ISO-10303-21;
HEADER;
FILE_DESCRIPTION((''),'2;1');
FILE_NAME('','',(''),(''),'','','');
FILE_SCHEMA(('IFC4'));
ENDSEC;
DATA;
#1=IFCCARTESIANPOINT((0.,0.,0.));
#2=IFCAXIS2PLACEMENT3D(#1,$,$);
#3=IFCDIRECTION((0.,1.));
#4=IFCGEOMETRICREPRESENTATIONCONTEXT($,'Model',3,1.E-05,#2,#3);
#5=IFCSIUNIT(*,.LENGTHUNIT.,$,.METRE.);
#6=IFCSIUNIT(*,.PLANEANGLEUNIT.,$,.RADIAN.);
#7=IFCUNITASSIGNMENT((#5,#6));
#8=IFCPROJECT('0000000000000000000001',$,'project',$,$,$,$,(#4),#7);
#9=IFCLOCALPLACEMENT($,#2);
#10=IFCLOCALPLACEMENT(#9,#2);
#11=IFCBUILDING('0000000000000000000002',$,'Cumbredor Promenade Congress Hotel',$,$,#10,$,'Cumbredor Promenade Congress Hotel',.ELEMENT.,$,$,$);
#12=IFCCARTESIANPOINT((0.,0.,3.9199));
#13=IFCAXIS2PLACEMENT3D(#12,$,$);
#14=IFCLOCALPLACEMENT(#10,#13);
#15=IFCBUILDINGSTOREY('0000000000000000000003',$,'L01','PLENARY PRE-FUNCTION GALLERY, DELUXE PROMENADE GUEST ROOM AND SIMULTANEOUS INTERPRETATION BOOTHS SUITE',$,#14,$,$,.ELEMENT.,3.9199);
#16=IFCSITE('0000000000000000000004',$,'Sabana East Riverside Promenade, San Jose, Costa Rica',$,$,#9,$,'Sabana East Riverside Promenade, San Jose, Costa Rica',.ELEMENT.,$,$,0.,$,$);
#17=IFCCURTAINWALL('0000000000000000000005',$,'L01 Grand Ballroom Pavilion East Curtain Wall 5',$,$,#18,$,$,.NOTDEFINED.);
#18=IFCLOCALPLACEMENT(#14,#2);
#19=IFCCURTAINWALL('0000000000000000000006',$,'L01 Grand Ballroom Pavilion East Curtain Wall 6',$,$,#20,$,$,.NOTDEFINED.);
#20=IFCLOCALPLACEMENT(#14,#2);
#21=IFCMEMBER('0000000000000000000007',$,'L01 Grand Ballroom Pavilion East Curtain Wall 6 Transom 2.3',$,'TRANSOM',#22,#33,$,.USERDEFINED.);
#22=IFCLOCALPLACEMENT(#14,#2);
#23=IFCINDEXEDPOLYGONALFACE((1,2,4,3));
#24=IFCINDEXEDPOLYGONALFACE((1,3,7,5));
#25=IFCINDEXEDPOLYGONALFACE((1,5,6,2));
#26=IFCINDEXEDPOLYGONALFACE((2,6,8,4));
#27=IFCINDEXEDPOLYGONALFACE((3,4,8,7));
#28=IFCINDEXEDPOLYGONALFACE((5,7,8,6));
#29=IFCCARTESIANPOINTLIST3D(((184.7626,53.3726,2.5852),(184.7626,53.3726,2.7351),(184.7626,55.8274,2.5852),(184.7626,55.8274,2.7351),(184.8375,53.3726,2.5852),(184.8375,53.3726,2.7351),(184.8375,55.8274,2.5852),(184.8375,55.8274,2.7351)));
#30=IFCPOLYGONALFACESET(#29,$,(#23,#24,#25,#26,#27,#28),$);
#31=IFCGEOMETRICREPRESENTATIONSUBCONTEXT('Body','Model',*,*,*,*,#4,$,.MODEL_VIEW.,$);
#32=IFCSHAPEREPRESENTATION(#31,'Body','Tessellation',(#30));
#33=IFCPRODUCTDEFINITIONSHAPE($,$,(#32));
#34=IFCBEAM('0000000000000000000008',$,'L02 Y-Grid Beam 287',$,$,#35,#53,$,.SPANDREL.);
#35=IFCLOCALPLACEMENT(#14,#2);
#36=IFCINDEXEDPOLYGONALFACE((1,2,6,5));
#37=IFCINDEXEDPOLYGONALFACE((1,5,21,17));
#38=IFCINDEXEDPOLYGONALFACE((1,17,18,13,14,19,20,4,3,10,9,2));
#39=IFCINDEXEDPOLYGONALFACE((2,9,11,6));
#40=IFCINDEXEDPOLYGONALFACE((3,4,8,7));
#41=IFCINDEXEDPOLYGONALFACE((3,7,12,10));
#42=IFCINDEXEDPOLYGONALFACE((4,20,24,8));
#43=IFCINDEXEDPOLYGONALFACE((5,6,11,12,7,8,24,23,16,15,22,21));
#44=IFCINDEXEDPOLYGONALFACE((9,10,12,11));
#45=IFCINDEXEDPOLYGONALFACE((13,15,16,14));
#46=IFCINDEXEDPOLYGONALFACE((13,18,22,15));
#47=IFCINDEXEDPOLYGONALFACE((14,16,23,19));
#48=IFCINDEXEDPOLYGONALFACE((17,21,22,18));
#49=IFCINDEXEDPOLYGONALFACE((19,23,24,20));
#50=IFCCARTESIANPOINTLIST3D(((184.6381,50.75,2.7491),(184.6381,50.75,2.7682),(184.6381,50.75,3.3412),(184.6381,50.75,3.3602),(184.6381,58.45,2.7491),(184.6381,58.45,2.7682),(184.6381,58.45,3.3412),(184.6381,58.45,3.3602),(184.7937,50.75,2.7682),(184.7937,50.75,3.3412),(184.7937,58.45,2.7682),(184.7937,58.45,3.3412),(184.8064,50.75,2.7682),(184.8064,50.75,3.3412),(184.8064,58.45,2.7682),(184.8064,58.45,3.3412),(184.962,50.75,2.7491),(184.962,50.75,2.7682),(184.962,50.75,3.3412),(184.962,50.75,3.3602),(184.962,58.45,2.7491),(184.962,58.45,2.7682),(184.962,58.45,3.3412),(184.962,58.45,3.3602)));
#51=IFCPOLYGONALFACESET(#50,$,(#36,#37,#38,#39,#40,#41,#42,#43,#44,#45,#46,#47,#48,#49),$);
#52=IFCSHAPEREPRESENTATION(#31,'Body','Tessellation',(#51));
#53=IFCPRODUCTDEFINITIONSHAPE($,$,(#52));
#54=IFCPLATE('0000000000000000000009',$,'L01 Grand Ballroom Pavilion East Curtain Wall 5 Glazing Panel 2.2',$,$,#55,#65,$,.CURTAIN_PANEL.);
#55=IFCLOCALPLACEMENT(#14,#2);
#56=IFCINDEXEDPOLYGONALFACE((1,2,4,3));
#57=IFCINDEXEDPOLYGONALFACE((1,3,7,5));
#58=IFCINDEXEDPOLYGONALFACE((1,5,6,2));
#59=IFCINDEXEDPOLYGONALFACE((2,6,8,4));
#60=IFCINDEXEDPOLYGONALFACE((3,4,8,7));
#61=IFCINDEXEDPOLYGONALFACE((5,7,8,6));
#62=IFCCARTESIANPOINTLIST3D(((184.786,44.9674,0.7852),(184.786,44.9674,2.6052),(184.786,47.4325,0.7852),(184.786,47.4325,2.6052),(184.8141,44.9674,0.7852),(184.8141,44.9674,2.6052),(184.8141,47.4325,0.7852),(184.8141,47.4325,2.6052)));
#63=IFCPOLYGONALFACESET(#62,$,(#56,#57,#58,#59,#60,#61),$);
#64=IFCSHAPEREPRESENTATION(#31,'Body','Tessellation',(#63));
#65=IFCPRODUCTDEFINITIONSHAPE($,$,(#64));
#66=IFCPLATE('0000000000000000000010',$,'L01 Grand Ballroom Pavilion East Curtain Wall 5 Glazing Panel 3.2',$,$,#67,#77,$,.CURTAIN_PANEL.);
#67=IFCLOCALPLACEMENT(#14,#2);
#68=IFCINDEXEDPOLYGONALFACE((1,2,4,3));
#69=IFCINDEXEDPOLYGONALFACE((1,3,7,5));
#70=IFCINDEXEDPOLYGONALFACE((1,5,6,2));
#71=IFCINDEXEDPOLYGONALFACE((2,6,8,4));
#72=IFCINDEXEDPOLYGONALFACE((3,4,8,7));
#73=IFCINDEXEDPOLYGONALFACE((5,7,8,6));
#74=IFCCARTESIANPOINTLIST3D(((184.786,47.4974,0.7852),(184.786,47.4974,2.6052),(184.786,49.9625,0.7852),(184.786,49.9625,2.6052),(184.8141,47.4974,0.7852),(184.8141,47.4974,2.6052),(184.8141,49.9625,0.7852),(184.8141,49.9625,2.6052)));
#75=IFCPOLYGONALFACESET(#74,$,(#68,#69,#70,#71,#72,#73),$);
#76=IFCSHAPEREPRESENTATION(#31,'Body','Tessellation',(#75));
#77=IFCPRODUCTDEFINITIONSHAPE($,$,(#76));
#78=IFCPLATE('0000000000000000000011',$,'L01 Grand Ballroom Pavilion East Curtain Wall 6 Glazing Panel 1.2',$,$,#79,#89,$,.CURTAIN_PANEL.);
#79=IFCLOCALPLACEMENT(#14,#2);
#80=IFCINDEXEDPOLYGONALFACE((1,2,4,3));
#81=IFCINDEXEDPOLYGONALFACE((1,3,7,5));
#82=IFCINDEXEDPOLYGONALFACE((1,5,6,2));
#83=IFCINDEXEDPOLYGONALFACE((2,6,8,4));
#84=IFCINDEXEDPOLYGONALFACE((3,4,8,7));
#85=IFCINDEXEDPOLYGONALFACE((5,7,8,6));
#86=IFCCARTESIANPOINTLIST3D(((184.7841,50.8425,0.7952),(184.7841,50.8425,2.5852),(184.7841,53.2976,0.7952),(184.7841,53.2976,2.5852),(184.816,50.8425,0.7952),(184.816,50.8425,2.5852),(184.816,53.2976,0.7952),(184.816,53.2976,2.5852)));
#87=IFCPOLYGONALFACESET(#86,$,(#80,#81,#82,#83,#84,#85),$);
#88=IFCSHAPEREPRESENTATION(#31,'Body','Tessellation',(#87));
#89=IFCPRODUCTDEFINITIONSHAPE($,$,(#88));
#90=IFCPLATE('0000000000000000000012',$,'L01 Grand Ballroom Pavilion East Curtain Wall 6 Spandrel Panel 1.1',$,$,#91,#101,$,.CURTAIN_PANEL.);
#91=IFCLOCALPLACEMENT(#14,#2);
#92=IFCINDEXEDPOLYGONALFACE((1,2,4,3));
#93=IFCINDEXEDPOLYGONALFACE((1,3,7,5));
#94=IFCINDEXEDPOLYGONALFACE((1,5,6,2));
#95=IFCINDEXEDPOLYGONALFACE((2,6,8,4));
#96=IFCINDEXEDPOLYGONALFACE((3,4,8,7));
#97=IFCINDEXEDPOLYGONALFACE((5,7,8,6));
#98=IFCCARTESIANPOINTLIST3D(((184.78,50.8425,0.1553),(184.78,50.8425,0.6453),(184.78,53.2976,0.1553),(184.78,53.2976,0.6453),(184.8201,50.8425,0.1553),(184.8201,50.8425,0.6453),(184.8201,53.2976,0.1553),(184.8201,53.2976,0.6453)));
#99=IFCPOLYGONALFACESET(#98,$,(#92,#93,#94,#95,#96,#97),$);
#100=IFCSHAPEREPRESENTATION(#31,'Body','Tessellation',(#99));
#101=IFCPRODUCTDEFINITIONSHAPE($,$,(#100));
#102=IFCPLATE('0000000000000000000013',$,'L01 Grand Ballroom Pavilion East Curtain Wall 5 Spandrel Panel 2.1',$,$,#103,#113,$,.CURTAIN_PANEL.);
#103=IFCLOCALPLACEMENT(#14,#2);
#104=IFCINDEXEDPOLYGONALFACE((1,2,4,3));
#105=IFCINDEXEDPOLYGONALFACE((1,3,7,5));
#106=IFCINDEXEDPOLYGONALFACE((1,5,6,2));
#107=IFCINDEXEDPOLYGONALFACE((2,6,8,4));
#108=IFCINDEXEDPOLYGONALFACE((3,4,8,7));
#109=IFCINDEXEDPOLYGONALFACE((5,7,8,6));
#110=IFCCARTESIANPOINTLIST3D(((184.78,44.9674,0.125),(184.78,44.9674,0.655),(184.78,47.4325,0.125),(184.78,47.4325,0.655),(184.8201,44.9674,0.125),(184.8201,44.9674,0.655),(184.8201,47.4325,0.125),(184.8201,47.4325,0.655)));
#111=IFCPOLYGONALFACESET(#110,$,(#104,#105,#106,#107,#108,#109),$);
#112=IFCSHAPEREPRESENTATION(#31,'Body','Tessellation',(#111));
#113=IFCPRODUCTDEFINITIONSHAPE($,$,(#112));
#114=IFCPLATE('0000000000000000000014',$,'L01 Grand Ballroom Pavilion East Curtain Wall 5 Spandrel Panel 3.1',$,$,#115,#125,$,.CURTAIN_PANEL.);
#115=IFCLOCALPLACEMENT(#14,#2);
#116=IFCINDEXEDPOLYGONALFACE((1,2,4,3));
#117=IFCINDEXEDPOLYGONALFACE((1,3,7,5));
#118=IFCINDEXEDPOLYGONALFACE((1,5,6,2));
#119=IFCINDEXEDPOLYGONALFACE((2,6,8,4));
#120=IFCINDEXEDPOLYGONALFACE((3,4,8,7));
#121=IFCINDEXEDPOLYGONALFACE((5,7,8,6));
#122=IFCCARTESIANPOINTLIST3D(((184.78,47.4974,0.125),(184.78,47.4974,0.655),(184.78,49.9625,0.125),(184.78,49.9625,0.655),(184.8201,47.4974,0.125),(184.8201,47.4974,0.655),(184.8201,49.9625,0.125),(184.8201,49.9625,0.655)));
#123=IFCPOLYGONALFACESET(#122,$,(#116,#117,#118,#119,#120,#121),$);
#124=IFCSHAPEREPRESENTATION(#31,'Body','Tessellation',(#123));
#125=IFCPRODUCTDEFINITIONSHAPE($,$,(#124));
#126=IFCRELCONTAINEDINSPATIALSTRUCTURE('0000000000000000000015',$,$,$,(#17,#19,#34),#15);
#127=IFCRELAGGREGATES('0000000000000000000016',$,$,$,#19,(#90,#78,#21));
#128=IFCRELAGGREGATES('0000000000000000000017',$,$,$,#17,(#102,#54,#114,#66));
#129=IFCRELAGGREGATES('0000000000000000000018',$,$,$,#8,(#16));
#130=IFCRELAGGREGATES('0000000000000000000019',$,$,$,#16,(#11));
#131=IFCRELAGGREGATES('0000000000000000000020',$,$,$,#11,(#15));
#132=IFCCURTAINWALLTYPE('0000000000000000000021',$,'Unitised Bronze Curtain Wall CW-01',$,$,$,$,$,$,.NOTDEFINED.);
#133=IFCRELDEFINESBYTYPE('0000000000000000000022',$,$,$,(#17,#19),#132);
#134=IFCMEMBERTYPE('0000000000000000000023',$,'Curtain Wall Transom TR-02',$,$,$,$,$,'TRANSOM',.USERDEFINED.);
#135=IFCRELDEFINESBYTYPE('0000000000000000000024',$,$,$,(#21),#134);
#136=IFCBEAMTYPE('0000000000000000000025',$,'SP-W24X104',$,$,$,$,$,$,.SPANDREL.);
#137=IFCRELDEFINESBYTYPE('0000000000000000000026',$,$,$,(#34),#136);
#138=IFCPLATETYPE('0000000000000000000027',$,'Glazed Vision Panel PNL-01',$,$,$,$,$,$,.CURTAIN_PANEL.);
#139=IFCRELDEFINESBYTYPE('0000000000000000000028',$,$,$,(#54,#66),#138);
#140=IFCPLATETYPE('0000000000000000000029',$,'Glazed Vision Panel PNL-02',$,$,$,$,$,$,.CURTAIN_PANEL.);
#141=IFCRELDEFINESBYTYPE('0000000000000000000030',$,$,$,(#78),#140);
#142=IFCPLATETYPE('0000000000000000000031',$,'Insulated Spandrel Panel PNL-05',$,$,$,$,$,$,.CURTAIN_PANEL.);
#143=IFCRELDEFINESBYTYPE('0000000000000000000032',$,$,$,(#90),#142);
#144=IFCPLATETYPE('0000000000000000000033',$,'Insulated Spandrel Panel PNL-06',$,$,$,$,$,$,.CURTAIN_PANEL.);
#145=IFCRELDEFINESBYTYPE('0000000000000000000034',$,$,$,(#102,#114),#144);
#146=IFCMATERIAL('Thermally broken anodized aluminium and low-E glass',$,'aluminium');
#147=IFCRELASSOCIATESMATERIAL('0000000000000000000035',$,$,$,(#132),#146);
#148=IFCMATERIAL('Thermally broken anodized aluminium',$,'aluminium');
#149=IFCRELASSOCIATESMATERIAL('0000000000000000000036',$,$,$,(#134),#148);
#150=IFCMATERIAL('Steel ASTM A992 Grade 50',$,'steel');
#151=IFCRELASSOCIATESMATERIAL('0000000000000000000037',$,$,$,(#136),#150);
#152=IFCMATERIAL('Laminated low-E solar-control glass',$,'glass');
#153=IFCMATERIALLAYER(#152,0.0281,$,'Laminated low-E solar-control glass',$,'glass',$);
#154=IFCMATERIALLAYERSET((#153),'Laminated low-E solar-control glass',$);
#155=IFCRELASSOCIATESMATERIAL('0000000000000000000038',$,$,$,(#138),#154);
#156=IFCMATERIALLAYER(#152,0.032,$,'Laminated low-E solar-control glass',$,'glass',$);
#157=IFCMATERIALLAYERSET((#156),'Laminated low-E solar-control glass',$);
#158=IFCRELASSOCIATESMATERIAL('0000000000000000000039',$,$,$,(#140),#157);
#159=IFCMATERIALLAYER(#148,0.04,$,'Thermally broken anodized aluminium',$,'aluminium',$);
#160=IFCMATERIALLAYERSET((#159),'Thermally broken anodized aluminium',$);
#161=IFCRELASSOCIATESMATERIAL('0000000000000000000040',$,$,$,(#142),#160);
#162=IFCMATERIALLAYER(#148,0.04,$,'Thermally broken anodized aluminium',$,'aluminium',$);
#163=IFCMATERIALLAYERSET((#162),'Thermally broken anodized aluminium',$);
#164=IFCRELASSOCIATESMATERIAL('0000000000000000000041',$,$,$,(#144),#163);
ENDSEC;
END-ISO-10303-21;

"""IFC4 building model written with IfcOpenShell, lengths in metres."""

from ifc_helpers import new_model, si_unit, direction, frame, origin, origin_2d, place, context, subcontext, project, spatial, rectangle, i_section, extrude, material, layer, layer_set, material_profile, profile_set, type_object, element, aggregate, save


model = new_model("IFC4")

# Units and contexts
model_context = context("Model", 3, precision=1e-05, world=origin(), true_north=direction((0.0, 1.0)))
body_context = subcontext(model_context, "Body", "Model", "MODEL_VIEW")
ifc_project = project(units=[si_unit("LENGTHUNIT", "METRE"), si_unit("PLANEANGLEUNIT", "RADIAN")], contexts=[model_context])

# Site, building, storey
site_placement = place(None, origin())
site = spatial("IfcSite", under=ifc_project, at=site_placement, Name="Sabana East Riverside Promenade, San Jose, Costa Rica", LongName="Sabana East Riverside Promenade, San Jose, Costa Rica", CompositionType="ELEMENT", RefElevation=0.0)
building_placement = place(site_placement, origin())
building = spatial("IfcBuilding", under=site, at=building_placement, Name="Cumbredor Promenade Congress Hotel", LongName="Cumbredor Promenade Congress Hotel", CompositionType="ELEMENT")
storey_placement = place(building_placement, frame((0.0, 0.0, 3.9199)))
storey = spatial("IfcBuildingStorey", under=building, at=storey_placement, Name="L01", Description="PLENARY PRE-FUNCTION GALLERY, DELUXE PROMENADE GUEST ROOM AND SIMULTANEOUS INTERPRETATION BOOTHS SUITE", CompositionType="ELEMENT", Elevation=3.9199)

# Curtain walls
ifc_material_1 = material(Name="Thermally broken anodized aluminium and low-E glass", Category="aluminium")
curtain_wall_type = type_object("IfcCurtainWallType", Name="Unitised Bronze Curtain Wall CW-01", PredefinedType="NOTDEFINED", material=ifc_material_1)
curtain_wall_1_placement = place(storey_placement, origin())
curtain_wall_1 = element("IfcCurtainWall", 1, at=curtain_wall_1_placement, inside=storey, type_object=curtain_wall_type, Name="L01 Grand Ballroom Pavilion East Curtain Wall 5", PredefinedType="NOTDEFINED")
ifc_material_2 = material(Name="Thermally broken anodized aluminium", Category="aluminium")
curtain_wall_2_placement = place(storey_placement, origin())
curtain_wall_2 = element("IfcCurtainWall", 2, at=curtain_wall_2_placement, inside=storey, type_object=curtain_wall_type, Name="L01 Grand Ballroom Pavilion East Curtain Wall 6", PredefinedType="NOTDEFINED")

# Member
ifc_material_profile_1 = material_profile(ifc_material_2, rectangle(XDim=0.075, YDim=0.1499, at=origin_2d()), Name="ALU TRANSOM 75x150")
ifc_profile_set_1 = profile_set([ifc_material_profile_1], Name="Thermally broken anodized aluminium")
member_type_1 = type_object("IfcMemberType", Name="Curtain Wall Transom TR-02", ElementType="TRANSOM", PredefinedType="USERDEFINED", material=ifc_profile_set_1)
member_1_placement = place(storey_placement, frame((184.8, 53.3726, 2.6602), z_axis=(0.0, 1.0, 0.0), x_axis=(-1.0, 0.0, 0.0)))
member_1 = element("IfcMember", 3, at=member_1_placement, type_object=member_type_1, Name="L01 Grand Ballroom Pavilion East Curtain Wall 6 Transom 2.3", ObjectType="TRANSOM", PredefinedType="USERDEFINED", context=body_context, shape_type="SweptSolid", body=[
    extrude(rectangle(XDim=0.075, YDim=0.1499, at=origin_2d()), origin(), (0.0, 0.0, 1.0), 2.4548),
])

# Beam
ifc_material_3 = material(Name="Steel ASTM A992 Grade 50", Category="steel")
ifc_material_profile_2 = material_profile(ifc_material_3, i_section(OverallWidth=0.324, OverallDepth=0.6111, WebThickness=0.0127, FlangeThickness=0.019, at=origin_2d()), Name="W24X104")
ifc_profile_set_2 = profile_set([ifc_material_profile_2], Name="Steel ASTM A992 Grade 50")
beam_type = type_object("IfcBeamType", Name="SP-W24X104", PredefinedType="SPANDREL", material=ifc_profile_set_2)
beam_placement = place(storey_placement, frame((184.8, 50.75, 3.0547), z_axis=(0.0, 1.0, 0.0), x_axis=(-1.0, 0.0, 0.0)))
element("IfcBeam", 4, at=beam_placement, inside=storey, type_object=beam_type, Name="L02 Y-Grid Beam 287", PredefinedType="SPANDREL", context=body_context, shape_type="SweptSolid", body=[
    extrude(i_section(OverallWidth=0.324, OverallDepth=0.6111, WebThickness=0.0127, FlangeThickness=0.019, at=origin_2d()), origin(), (0.0, 0.0, 1.0), 7.7),
])

# Plates
ifc_material_4 = material(Name="Laminated low-E solar-control glass", Category="glass")
ifc_layer_1 = layer(ifc_material_4, 0.0281, Name="Laminated low-E solar-control glass", Category="glass")
ifc_layer_set_1 = layer_set([ifc_layer_1], Name="Laminated low-E solar-control glass")
plate_type_1 = type_object("IfcPlateType", Name="Glazed Vision Panel PNL-01", PredefinedType="CURTAIN_PANEL", material=ifc_layer_set_1)
plate_1_placement = place(storey_placement, frame((184.8, 46.2, 0.7852), z_axis=(0.0, 0.0, 1.0), x_axis=(0.0, 1.0, 0.0)))
plate_1 = element("IfcPlate", 5, at=plate_1_placement, type_object=plate_type_1, Name="L01 Grand Ballroom Pavilion East Curtain Wall 5 Glazing Panel 2.2", PredefinedType="CURTAIN_PANEL", context=body_context, shape_type="SweptSolid", body=[
    extrude(rectangle(XDim=2.4651, YDim=0.0281, at=origin_2d()), origin(), (0.0, 0.0, 1.0), 1.8201),
])
plate_2_placement = place(storey_placement, frame((184.8, 48.73, 0.7852), z_axis=(0.0, 0.0, 1.0), x_axis=(0.0, 1.0, 0.0)))
plate_2 = element("IfcPlate", 6, at=plate_2_placement, type_object=plate_type_1, Name="L01 Grand Ballroom Pavilion East Curtain Wall 5 Glazing Panel 3.2", PredefinedType="CURTAIN_PANEL", context=body_context, shape_type="SweptSolid", body=[
    extrude(rectangle(XDim=2.4651, YDim=0.0281, at=origin_2d()), origin(), (0.0, 0.0, 1.0), 1.8201),
])
ifc_layer_2 = layer(ifc_material_4, 0.032, Name="Laminated low-E solar-control glass", Category="glass")
ifc_layer_set_2 = layer_set([ifc_layer_2], Name="Laminated low-E solar-control glass")
plate_type_2 = type_object("IfcPlateType", Name="Glazed Vision Panel PNL-02", PredefinedType="CURTAIN_PANEL", material=ifc_layer_set_2)
plate_3_placement = place(storey_placement, frame((184.8, 52.0701, 0.7952), z_axis=(0.0, 0.0, 1.0), x_axis=(0.0, 1.0, 0.0)))
plate_3 = element("IfcPlate", 7, at=plate_3_placement, type_object=plate_type_2, Name="L01 Grand Ballroom Pavilion East Curtain Wall 6 Glazing Panel 1.2", PredefinedType="CURTAIN_PANEL", context=body_context, shape_type="SweptSolid", body=[
    extrude(rectangle(XDim=2.4551, YDim=0.032, at=origin_2d()), origin(), (0.0, 0.0, 1.0), 1.79),
])
ifc_layer_3 = layer(ifc_material_2, 0.04, Name="Thermally broken anodized aluminium", Category="aluminium")
ifc_layer_set_3 = layer_set([ifc_layer_3], Name="Thermally broken anodized aluminium")
plate_type_3 = type_object("IfcPlateType", Name="Insulated Spandrel Panel PNL-05", PredefinedType="CURTAIN_PANEL", material=ifc_layer_set_3)
plate_4_placement = place(storey_placement, frame((184.8, 52.0701, 0.1553), z_axis=(0.0, 0.0, 1.0), x_axis=(0.0, 1.0, 0.0)))
plate_4 = element("IfcPlate", 8, at=plate_4_placement, type_object=plate_type_3, Name="L01 Grand Ballroom Pavilion East Curtain Wall 6 Spandrel Panel 1.1", PredefinedType="CURTAIN_PANEL", context=body_context, shape_type="SweptSolid", body=[
    extrude(rectangle(XDim=2.4551, YDim=0.04, at=origin_2d()), origin(), (0.0, 0.0, 1.0), 0.49),
])
aggregate(curtain_wall_2, [plate_4, plate_3, member_1])
ifc_layer_4 = layer(ifc_material_2, 0.04, Name="Thermally broken anodized aluminium", Category="aluminium")
ifc_layer_set_4 = layer_set([ifc_layer_4], Name="Thermally broken anodized aluminium")
plate_type_4 = type_object("IfcPlateType", Name="Insulated Spandrel Panel PNL-06", PredefinedType="CURTAIN_PANEL", material=ifc_layer_set_4)
plate_5_placement = place(storey_placement, frame((184.8, 46.2, 0.125), z_axis=(0.0, 0.0, 1.0), x_axis=(0.0, 1.0, 0.0)))
plate_5 = element("IfcPlate", 9, at=plate_5_placement, type_object=plate_type_4, Name="L01 Grand Ballroom Pavilion East Curtain Wall 5 Spandrel Panel 2.1", PredefinedType="CURTAIN_PANEL", context=body_context, shape_type="SweptSolid", body=[
    extrude(rectangle(XDim=2.4651, YDim=0.04, at=origin_2d()), origin(), (0.0, 0.0, 1.0), 0.53),
])
plate_6_placement = place(storey_placement, frame((184.8, 48.73, 0.125), z_axis=(0.0, 0.0, 1.0), x_axis=(0.0, 1.0, 0.0)))
plate_6 = element("IfcPlate", 10, at=plate_6_placement, type_object=plate_type_4, Name="L01 Grand Ballroom Pavilion East Curtain Wall 5 Spandrel Panel 3.1", PredefinedType="CURTAIN_PANEL", context=body_context, shape_type="SweptSolid", body=[
    extrude(rectangle(XDim=2.4651, YDim=0.04, at=origin_2d()), origin(), (0.0, 0.0, 1.0), 0.53),
])
aggregate(curtain_wall_1, [plate_5, plate_1, plate_6, plate_2])

save(model, "model.ifc")
